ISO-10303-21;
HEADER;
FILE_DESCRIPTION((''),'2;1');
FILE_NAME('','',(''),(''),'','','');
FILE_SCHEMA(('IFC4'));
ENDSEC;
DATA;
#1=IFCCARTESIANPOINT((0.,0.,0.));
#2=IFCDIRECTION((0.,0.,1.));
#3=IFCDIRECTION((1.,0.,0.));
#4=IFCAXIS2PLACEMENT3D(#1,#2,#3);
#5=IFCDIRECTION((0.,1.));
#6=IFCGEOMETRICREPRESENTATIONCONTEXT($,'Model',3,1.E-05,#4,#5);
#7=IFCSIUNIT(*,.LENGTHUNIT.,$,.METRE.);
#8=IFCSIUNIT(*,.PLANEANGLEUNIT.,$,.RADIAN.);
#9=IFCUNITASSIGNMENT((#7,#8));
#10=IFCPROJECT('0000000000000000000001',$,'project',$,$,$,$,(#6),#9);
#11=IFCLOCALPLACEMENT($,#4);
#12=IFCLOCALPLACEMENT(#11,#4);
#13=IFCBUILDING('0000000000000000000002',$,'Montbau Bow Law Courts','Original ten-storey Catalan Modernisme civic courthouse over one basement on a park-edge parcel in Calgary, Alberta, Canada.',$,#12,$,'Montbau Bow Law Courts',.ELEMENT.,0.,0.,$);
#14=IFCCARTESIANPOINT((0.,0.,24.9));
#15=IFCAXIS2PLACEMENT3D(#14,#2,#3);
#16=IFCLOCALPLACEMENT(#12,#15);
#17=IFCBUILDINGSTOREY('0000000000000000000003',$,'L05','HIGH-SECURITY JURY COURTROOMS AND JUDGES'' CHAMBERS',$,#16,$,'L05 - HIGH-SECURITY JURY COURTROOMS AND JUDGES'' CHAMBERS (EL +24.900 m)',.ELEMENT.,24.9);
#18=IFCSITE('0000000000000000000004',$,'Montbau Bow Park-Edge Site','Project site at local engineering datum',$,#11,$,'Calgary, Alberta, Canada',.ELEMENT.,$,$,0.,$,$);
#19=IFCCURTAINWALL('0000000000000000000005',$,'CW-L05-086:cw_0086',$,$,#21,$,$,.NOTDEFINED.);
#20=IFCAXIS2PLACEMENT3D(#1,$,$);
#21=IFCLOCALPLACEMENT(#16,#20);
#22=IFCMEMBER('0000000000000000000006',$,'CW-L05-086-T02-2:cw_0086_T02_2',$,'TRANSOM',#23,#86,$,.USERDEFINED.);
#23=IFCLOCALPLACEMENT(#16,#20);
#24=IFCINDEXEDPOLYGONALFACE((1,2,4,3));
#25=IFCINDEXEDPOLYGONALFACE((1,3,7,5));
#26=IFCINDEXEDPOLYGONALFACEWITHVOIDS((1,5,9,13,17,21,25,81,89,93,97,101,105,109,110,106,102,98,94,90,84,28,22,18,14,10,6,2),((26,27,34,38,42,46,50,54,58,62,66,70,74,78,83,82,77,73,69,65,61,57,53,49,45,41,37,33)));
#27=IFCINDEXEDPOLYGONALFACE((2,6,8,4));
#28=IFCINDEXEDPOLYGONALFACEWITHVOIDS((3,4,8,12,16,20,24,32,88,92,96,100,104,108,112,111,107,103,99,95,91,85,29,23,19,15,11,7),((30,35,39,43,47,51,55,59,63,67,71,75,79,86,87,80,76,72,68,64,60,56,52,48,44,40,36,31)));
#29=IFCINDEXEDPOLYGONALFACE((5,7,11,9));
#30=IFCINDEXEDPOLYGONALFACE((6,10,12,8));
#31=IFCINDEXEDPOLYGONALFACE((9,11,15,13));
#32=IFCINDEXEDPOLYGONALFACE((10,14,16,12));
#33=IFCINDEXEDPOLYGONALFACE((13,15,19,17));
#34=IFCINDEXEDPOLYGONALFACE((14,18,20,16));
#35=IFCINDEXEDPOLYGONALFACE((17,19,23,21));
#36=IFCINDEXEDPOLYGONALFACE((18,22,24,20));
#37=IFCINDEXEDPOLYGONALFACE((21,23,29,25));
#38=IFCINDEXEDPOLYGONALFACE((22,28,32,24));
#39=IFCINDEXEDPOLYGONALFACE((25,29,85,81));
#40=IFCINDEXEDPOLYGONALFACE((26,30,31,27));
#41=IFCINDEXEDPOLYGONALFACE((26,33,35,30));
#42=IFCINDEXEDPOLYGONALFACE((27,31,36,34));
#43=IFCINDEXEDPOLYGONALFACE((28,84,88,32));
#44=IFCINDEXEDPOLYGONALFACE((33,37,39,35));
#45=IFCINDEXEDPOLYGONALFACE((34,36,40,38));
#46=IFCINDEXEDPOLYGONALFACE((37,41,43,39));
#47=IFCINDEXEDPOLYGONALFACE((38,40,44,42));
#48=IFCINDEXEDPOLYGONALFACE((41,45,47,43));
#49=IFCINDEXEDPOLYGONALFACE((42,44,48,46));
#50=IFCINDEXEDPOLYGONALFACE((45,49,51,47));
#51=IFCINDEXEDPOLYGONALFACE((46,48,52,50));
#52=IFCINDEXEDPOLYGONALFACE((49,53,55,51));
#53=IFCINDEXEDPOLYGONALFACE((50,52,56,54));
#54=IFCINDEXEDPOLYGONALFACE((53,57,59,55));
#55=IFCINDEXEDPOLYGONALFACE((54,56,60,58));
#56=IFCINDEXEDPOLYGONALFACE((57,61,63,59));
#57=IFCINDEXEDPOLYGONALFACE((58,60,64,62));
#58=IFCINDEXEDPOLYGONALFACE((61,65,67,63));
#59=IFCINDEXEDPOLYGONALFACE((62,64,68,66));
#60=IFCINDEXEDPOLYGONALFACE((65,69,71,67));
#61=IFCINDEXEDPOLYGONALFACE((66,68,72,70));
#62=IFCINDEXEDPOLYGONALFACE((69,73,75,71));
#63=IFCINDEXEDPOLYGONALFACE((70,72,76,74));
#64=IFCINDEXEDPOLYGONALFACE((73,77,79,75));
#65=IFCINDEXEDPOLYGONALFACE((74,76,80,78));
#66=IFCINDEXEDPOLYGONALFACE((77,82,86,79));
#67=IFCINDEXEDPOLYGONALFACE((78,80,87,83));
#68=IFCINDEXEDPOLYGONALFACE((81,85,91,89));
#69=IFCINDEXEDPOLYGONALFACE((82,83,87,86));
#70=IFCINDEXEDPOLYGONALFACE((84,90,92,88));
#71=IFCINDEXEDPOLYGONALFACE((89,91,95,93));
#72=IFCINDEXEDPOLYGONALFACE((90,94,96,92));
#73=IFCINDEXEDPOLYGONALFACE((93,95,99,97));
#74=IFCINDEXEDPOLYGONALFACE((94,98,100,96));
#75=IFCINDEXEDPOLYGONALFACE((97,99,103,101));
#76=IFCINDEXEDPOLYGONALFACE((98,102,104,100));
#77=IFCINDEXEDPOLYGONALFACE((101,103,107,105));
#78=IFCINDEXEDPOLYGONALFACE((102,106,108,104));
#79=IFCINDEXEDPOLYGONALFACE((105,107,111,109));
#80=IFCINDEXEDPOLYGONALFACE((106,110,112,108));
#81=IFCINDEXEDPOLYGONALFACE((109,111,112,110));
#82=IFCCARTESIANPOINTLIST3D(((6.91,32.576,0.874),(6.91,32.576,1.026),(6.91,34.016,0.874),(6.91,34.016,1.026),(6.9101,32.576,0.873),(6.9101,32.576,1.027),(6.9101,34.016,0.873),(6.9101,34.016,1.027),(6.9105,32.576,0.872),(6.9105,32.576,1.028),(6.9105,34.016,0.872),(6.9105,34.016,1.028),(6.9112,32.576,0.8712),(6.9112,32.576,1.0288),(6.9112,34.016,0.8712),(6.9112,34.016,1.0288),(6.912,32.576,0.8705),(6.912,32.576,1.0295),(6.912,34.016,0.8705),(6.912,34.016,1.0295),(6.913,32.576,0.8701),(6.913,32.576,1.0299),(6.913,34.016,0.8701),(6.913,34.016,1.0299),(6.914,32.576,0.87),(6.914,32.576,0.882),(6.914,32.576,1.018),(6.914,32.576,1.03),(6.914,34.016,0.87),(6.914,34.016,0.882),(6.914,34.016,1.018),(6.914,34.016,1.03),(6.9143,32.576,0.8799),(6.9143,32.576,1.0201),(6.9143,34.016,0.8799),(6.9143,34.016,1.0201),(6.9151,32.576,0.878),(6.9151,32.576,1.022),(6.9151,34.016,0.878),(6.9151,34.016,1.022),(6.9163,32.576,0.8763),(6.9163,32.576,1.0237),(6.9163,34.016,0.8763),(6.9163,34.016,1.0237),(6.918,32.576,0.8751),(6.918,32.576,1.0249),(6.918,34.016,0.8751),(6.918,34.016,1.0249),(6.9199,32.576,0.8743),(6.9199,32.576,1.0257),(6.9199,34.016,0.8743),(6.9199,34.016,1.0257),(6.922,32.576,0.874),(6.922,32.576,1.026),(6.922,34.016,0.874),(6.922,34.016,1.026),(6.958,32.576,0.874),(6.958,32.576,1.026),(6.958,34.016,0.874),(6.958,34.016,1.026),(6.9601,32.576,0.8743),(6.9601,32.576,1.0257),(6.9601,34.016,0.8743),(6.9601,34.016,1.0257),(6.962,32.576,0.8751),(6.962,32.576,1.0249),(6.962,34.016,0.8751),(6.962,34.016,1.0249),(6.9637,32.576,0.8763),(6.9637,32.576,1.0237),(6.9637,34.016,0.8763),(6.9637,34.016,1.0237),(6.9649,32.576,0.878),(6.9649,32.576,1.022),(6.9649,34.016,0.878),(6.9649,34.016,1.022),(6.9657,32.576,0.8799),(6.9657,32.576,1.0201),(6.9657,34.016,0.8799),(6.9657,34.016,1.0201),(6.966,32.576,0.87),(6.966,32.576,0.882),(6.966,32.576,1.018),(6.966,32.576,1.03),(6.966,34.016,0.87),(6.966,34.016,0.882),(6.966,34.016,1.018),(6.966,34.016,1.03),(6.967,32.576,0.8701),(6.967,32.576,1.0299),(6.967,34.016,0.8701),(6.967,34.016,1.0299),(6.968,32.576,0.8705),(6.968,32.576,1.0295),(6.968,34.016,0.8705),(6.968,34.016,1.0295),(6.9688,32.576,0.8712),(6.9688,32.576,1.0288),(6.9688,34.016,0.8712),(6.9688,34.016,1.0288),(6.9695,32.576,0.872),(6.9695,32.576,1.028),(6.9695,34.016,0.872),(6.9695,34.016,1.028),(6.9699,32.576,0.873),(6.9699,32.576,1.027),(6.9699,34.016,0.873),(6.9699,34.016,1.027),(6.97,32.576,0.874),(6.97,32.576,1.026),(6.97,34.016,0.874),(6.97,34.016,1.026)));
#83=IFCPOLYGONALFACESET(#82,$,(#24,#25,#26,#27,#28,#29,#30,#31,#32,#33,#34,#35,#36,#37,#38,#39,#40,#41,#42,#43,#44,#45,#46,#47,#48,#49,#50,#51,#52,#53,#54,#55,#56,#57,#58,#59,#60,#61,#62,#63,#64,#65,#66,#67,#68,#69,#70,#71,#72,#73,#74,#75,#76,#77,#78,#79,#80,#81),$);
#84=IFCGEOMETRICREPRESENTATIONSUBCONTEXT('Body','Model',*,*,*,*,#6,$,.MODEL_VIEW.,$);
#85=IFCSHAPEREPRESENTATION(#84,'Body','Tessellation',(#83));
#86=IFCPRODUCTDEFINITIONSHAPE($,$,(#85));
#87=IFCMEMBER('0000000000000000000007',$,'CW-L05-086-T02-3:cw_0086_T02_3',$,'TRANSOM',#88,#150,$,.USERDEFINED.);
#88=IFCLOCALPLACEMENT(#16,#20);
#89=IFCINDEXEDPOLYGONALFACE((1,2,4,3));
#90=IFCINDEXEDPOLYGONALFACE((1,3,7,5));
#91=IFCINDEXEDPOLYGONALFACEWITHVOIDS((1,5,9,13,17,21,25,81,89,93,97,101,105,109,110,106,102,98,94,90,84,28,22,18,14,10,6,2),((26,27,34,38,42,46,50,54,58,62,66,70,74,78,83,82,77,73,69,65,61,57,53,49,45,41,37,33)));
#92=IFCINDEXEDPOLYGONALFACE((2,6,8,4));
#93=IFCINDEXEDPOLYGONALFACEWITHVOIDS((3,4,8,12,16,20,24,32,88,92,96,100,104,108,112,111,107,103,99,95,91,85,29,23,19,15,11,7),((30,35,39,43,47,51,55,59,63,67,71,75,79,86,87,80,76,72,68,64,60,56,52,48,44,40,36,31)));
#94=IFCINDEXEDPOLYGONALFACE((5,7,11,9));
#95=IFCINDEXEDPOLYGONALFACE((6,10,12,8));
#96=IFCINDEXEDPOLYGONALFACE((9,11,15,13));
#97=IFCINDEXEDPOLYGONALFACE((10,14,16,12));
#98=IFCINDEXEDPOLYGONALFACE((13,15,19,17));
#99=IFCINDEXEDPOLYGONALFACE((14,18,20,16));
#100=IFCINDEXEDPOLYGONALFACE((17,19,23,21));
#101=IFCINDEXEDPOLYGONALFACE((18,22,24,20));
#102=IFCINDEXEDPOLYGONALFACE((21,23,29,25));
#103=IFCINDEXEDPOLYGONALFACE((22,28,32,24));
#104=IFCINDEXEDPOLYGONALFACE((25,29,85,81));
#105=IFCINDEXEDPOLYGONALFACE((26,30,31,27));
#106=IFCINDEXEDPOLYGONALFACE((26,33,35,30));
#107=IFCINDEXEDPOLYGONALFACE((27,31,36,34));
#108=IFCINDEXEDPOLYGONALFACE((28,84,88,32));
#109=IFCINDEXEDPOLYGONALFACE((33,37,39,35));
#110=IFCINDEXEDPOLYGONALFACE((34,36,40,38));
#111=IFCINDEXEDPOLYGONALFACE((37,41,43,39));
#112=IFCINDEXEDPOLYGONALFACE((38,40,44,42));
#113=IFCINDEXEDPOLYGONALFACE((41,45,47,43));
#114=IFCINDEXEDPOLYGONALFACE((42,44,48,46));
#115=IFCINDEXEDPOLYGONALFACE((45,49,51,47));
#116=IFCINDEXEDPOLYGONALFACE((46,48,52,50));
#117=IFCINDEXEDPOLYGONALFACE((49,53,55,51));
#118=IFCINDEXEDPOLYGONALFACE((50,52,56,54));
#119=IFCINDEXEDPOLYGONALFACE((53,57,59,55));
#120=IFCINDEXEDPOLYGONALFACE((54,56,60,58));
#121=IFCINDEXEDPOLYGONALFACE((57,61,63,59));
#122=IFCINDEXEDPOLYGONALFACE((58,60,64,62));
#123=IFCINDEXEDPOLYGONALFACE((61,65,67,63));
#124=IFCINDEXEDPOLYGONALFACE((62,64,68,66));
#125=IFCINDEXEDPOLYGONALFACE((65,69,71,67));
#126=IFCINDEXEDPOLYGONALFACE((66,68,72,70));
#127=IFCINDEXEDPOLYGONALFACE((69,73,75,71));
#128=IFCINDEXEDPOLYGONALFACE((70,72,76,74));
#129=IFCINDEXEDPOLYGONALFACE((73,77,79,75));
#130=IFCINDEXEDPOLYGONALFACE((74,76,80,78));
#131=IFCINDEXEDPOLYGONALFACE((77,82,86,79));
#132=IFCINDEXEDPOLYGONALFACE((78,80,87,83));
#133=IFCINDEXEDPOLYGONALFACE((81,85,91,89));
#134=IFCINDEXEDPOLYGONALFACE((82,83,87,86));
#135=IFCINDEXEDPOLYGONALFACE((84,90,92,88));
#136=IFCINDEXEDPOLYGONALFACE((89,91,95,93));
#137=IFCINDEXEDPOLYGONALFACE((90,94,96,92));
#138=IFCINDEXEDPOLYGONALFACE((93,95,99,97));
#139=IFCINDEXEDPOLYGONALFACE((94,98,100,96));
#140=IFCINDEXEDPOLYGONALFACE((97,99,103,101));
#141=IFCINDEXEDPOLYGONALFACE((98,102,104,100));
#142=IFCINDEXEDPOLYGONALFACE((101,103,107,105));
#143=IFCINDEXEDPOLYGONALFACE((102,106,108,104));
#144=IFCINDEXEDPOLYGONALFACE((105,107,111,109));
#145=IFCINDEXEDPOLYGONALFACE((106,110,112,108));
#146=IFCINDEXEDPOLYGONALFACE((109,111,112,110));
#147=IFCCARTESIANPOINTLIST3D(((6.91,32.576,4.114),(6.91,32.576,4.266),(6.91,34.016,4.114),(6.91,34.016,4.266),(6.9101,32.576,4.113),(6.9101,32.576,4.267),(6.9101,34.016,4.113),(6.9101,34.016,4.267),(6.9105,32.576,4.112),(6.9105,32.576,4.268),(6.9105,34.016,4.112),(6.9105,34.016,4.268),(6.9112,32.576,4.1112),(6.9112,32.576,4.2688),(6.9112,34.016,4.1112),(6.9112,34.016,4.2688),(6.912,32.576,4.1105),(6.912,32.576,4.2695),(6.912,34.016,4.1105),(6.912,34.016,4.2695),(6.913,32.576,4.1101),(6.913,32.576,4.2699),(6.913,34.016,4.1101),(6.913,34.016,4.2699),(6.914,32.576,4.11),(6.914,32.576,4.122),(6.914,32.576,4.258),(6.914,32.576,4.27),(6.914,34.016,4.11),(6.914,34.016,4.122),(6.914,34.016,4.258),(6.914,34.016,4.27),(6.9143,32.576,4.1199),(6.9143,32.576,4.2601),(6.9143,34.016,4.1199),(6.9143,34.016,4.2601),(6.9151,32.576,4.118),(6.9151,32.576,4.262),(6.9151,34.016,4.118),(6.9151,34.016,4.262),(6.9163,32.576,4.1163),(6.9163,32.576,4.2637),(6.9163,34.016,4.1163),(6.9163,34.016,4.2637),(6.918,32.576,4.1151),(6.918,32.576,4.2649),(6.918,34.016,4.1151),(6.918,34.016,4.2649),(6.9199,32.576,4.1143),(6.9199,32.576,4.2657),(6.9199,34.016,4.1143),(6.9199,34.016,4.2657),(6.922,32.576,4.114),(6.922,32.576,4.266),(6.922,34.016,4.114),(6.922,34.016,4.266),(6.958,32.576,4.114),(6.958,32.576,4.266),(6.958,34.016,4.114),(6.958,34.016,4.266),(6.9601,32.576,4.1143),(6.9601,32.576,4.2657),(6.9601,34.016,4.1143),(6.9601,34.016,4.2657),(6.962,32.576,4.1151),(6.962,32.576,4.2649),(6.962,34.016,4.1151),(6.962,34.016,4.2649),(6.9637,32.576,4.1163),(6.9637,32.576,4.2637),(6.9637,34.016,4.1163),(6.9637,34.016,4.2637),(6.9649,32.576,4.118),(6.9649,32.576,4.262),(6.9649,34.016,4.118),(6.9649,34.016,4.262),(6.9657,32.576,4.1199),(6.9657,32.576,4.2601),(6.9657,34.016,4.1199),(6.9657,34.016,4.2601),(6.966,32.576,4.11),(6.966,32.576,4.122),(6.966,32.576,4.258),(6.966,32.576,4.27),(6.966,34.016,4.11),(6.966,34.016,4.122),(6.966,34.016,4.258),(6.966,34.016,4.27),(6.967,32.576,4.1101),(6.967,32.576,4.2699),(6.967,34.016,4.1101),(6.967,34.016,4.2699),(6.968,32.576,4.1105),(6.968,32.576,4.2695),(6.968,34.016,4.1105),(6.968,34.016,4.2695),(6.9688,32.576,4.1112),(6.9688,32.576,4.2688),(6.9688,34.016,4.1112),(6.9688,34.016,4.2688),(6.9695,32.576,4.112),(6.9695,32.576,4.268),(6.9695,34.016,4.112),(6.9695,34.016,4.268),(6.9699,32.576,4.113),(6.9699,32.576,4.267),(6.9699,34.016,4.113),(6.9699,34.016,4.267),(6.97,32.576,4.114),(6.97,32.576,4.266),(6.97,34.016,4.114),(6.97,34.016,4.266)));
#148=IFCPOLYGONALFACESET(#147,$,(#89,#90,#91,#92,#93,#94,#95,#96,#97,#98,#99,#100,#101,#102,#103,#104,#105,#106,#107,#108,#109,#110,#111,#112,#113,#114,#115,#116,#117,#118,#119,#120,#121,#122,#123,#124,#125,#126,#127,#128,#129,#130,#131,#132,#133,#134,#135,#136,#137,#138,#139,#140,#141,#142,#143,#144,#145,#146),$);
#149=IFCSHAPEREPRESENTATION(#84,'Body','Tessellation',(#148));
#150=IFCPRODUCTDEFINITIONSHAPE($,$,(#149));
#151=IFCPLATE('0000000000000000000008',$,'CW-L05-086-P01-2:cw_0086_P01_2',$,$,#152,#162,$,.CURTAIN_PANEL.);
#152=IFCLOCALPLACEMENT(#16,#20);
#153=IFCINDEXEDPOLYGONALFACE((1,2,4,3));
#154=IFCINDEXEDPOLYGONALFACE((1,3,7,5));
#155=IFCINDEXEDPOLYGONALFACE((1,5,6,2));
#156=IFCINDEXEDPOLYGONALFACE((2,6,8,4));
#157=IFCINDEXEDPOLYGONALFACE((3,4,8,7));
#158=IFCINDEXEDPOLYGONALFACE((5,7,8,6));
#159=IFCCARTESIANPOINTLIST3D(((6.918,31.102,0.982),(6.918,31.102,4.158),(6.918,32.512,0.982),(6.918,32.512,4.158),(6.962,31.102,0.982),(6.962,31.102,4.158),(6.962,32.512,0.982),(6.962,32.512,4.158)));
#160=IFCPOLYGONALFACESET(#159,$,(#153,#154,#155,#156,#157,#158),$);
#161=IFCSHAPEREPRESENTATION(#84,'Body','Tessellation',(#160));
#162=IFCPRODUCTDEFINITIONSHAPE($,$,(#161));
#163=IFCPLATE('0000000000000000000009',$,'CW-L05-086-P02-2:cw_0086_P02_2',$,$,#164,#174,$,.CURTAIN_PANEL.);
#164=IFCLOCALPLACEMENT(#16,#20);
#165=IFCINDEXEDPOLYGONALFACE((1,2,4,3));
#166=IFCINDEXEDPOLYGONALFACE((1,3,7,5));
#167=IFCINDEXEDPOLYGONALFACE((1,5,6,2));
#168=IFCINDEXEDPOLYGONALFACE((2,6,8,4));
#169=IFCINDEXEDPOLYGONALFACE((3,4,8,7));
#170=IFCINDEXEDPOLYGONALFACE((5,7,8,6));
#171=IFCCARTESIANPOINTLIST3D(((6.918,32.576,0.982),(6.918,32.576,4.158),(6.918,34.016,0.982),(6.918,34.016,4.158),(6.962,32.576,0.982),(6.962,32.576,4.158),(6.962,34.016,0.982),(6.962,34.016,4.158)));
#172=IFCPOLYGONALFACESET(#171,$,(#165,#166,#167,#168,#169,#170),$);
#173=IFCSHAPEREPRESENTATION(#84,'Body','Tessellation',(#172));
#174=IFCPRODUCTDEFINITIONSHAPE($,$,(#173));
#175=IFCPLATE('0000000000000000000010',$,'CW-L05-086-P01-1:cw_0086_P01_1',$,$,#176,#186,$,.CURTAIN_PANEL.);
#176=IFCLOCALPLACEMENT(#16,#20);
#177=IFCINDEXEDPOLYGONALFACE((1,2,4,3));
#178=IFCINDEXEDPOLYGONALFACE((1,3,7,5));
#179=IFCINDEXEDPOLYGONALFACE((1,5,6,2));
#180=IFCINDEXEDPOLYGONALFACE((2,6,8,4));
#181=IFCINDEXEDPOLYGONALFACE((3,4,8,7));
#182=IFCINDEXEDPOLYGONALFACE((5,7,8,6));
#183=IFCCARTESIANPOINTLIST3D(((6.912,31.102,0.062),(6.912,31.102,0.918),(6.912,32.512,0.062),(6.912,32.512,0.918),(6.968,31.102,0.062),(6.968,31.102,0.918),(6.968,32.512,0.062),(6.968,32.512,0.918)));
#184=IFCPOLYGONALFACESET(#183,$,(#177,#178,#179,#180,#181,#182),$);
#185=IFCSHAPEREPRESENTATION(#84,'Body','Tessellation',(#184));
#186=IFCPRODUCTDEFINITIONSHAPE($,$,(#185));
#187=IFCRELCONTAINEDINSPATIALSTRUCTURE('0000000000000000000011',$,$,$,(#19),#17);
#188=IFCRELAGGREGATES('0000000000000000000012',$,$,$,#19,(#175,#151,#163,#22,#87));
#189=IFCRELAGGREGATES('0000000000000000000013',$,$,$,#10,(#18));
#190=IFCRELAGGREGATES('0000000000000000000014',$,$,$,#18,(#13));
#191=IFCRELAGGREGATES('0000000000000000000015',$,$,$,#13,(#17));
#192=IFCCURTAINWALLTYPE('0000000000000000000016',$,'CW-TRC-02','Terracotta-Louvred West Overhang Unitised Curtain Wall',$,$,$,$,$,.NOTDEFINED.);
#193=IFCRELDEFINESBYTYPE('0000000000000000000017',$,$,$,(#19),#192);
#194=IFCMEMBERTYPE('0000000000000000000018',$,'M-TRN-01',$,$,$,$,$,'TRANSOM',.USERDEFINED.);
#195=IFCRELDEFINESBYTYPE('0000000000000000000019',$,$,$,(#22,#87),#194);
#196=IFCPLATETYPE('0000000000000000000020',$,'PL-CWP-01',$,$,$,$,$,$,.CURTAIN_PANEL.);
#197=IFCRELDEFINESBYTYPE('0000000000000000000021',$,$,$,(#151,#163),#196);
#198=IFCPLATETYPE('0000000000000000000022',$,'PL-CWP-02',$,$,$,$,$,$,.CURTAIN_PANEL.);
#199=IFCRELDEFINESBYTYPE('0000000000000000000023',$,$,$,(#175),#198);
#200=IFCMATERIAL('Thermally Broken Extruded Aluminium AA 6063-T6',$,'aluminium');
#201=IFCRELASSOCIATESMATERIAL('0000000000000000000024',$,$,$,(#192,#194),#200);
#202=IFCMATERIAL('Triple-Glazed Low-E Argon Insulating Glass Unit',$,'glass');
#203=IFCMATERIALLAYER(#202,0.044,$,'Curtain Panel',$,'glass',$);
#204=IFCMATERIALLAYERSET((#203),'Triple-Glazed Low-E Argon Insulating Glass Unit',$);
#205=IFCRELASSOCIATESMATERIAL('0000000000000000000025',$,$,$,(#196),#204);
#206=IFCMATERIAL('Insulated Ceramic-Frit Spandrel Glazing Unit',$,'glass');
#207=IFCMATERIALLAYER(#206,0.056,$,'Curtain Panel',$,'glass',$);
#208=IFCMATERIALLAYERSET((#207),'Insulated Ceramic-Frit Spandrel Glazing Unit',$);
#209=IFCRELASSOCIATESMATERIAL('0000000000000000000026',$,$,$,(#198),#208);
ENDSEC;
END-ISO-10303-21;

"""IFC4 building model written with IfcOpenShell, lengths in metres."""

from ifc_helpers import new_model, si_unit, direction, frame, frame_2d, origin_with_axes, origin_2d_with_axis, place, context, subcontext, project, spatial, rectangle, hollow_rectangle, extrude, material, layer, layer_set, material_profile, profile_set, type_object, element, aggregate, save


model = new_model("IFC4")

# Units and contexts
model_context = context("Model", 3, precision=1e-05, world=origin_with_axes(), true_north=direction((0.0, 1.0)))
body_context = subcontext(model_context, "Body", "Model", "MODEL_VIEW")
ifc_project = project(units=[si_unit("LENGTHUNIT", "METRE"), si_unit("PLANEANGLEUNIT", "RADIAN")], contexts=[model_context])

# Site, building, storey
site_placement = place(None, origin_with_axes())
site = spatial("IfcSite", under=ifc_project, at=site_placement, Name="Montbau Bow Park-Edge Site", Description="Project site at local engineering datum", LongName="Calgary, Alberta, Canada", CompositionType="ELEMENT", RefElevation=0.0)
building_placement = place(site_placement, origin_with_axes())
building = spatial("IfcBuilding", under=site, at=building_placement, Name="Montbau Bow Law Courts", Description="Original ten-storey Catalan Modernisme civic courthouse over one basement on a park-edge parcel in Calgary, Alberta, Canada.", LongName="Montbau Bow Law Courts", CompositionType="ELEMENT", ElevationOfRefHeight=0.0, ElevationOfTerrain=0.0)
storey_placement = place(building_placement, frame((0.0, 0.0, 24.9), z_axis=(0.0, 0.0, 1.0), x_axis=(1.0, 0.0, 0.0)))
storey = spatial("IfcBuildingStorey", under=building, at=storey_placement, Name="L05", Description="HIGH-SECURITY JURY COURTROOMS AND JUDGES' CHAMBERS", LongName="L05 - HIGH-SECURITY JURY COURTROOMS AND JUDGES' CHAMBERS (EL +24.900 m)", CompositionType="ELEMENT", Elevation=24.9)

# Curtain wall, members, plates
ifc_material_1 = material(Name="Thermally Broken Extruded Aluminium AA 6063-T6", Category="aluminium")
curtain_wall_type = type_object("IfcCurtainWallType", Name="CW-TRC-02", Description="Terracotta-Louvred West Overhang Unitised Curtain Wall", PredefinedType="NOTDEFINED", material=ifc_material_1)
curtain_wall_placement = place(None, frame((6.94, 31.04, 24.9), z_axis=(0.0, 0.0, 1.0), x_axis=(1.0, 0.0, 0.0)))
curtain_wall = element("IfcCurtainWall", 1, at=curtain_wall_placement, inside=storey, type_object=curtain_wall_type, Name="CW-L05-086:cw_0086", PredefinedType="NOTDEFINED")
ifc_material_profile_1 = material_profile(ifc_material_1, hollow_rectangle(XDim=0.06, YDim=0.16, WallThickness=0.004, InnerFilletRadius=0.008, OuterFilletRadius=0.004, at=origin_2d_with_axis()), Name="CWT-160X60", Category="Main", Priority=0)
ifc_profile_set_1 = profile_set([ifc_material_profile_1], Name="Thermally Broken Extruded Aluminium AA 6063-T6")
member_type_1 = type_object("IfcMemberType", Name="M-TRN-01", ElementType="TRANSOM", PredefinedType="USERDEFINED", material=ifc_profile_set_1)
member_1_placement = place(None, frame((6.94, 32.576, 25.85), z_axis=(0.0, 1.0, 0.0), x_axis=(-1.0, 0.0, 0.0)))
member_1 = element("IfcMember", 2, at=member_1_placement, type_object=member_type_1, Name="CW-L05-086-T02-2:cw_0086_T02_2", ObjectType="TRANSOM", PredefinedType="USERDEFINED", context=body_context, shape_type="SweptSolid", body=[
    extrude(hollow_rectangle(XDim=0.06, YDim=0.16, WallThickness=0.004, InnerFilletRadius=0.008, OuterFilletRadius=0.004, at=origin_2d_with_axis()), origin_with_axes(), (0.0, 0.0, 1.0), 1.44),
])
member_2_placement = place(None, frame((6.94, 32.576, 29.09), z_axis=(0.0, 1.0, 0.0), x_axis=(-1.0, 0.0, 0.0)))
member_2 = element("IfcMember", 3, at=member_2_placement, type_object=member_type_1, Name="CW-L05-086-T02-3:cw_0086_T02_3", ObjectType="TRANSOM", PredefinedType="USERDEFINED", context=body_context, shape_type="SweptSolid", body=[
    extrude(hollow_rectangle(XDim=0.06, YDim=0.16, WallThickness=0.004, InnerFilletRadius=0.008, OuterFilletRadius=0.004, at=origin_2d_with_axis()), origin_with_axes(), (0.0, 0.0, 1.0), 1.44),
])
ifc_material_2 = material(Name="Triple-Glazed Low-E Argon Insulating Glass Unit", Category="glass")
ifc_layer_1 = layer(ifc_material_2, 0.044, Name="Curtain Panel", Category="glass")
ifc_layer_set_1 = layer_set([ifc_layer_1], Name="Triple-Glazed Low-E Argon Insulating Glass Unit")
plate_type_1 = type_object("IfcPlateType", Name="PL-CWP-01", PredefinedType="CURTAIN_PANEL", material=ifc_layer_set_1)
plate_1_placement = place(None, frame((6.94, 31.102, 25.882), z_axis=(1.0, 0.0, 0.0), x_axis=(0.0, 1.0, 0.0)))
plate_1 = element("IfcPlate", 4, at=plate_1_placement, type_object=plate_type_1, Name="CW-L05-086-P01-2:cw_0086_P01_2", PredefinedType="CURTAIN_PANEL", context=body_context, shape_type="SweptSolid", body=[
    extrude(rectangle(XDim=1.41, YDim=3.176, at=frame_2d((0.705, 1.588), x_axis=(1.0, 0.0))), frame((0.0, 0.0, -0.022), z_axis=(0.0, 0.0, 1.0), x_axis=(1.0, 0.0, 0.0)), (0.0, 0.0, 1.0), 0.044),
])
plate_2_placement = place(None, frame((6.94, 32.576, 25.882), z_axis=(1.0, 0.0, 0.0), x_axis=(0.0, 1.0, 0.0)))
plate_2 = element("IfcPlate", 5, at=plate_2_placement, type_object=plate_type_1, Name="CW-L05-086-P02-2:cw_0086_P02_2", PredefinedType="CURTAIN_PANEL", context=body_context, shape_type="SweptSolid", body=[
    extrude(rectangle(XDim=1.44, YDim=3.176, at=frame_2d((0.72, 1.588), x_axis=(1.0, 0.0))), frame((0.0, 0.0, -0.022), z_axis=(0.0, 0.0, 1.0), x_axis=(1.0, 0.0, 0.0)), (0.0, 0.0, 1.0), 0.044),
])
ifc_material_3 = material(Name="Insulated Ceramic-Frit Spandrel Glazing Unit", Category="glass")
ifc_layer_2 = layer(ifc_material_3, 0.056, Name="Curtain Panel", Category="glass")
ifc_layer_set_2 = layer_set([ifc_layer_2], Name="Insulated Ceramic-Frit Spandrel Glazing Unit")
plate_type_2 = type_object("IfcPlateType", Name="PL-CWP-02", PredefinedType="CURTAIN_PANEL", material=ifc_layer_set_2)
plate_3_placement = place(None, frame((6.94, 31.102, 24.962), z_axis=(1.0, 0.0, 0.0), x_axis=(0.0, 1.0, 0.0)))
plate_3 = element("IfcPlate", 6, at=plate_3_placement, type_object=plate_type_2, Name="CW-L05-086-P01-1:cw_0086_P01_1", PredefinedType="CURTAIN_PANEL", context=body_context, shape_type="SweptSolid", body=[
    extrude(rectangle(XDim=1.41, YDim=0.856, at=frame_2d((0.705, 0.428), x_axis=(1.0, 0.0))), frame((0.0, 0.0, -0.028), z_axis=(0.0, 0.0, 1.0), x_axis=(1.0, 0.0, 0.0)), (0.0, 0.0, 1.0), 0.056),
])
aggregate(curtain_wall, [plate_3, plate_1, plate_2, member_1, member_2])

save(model, "model.ifc")
